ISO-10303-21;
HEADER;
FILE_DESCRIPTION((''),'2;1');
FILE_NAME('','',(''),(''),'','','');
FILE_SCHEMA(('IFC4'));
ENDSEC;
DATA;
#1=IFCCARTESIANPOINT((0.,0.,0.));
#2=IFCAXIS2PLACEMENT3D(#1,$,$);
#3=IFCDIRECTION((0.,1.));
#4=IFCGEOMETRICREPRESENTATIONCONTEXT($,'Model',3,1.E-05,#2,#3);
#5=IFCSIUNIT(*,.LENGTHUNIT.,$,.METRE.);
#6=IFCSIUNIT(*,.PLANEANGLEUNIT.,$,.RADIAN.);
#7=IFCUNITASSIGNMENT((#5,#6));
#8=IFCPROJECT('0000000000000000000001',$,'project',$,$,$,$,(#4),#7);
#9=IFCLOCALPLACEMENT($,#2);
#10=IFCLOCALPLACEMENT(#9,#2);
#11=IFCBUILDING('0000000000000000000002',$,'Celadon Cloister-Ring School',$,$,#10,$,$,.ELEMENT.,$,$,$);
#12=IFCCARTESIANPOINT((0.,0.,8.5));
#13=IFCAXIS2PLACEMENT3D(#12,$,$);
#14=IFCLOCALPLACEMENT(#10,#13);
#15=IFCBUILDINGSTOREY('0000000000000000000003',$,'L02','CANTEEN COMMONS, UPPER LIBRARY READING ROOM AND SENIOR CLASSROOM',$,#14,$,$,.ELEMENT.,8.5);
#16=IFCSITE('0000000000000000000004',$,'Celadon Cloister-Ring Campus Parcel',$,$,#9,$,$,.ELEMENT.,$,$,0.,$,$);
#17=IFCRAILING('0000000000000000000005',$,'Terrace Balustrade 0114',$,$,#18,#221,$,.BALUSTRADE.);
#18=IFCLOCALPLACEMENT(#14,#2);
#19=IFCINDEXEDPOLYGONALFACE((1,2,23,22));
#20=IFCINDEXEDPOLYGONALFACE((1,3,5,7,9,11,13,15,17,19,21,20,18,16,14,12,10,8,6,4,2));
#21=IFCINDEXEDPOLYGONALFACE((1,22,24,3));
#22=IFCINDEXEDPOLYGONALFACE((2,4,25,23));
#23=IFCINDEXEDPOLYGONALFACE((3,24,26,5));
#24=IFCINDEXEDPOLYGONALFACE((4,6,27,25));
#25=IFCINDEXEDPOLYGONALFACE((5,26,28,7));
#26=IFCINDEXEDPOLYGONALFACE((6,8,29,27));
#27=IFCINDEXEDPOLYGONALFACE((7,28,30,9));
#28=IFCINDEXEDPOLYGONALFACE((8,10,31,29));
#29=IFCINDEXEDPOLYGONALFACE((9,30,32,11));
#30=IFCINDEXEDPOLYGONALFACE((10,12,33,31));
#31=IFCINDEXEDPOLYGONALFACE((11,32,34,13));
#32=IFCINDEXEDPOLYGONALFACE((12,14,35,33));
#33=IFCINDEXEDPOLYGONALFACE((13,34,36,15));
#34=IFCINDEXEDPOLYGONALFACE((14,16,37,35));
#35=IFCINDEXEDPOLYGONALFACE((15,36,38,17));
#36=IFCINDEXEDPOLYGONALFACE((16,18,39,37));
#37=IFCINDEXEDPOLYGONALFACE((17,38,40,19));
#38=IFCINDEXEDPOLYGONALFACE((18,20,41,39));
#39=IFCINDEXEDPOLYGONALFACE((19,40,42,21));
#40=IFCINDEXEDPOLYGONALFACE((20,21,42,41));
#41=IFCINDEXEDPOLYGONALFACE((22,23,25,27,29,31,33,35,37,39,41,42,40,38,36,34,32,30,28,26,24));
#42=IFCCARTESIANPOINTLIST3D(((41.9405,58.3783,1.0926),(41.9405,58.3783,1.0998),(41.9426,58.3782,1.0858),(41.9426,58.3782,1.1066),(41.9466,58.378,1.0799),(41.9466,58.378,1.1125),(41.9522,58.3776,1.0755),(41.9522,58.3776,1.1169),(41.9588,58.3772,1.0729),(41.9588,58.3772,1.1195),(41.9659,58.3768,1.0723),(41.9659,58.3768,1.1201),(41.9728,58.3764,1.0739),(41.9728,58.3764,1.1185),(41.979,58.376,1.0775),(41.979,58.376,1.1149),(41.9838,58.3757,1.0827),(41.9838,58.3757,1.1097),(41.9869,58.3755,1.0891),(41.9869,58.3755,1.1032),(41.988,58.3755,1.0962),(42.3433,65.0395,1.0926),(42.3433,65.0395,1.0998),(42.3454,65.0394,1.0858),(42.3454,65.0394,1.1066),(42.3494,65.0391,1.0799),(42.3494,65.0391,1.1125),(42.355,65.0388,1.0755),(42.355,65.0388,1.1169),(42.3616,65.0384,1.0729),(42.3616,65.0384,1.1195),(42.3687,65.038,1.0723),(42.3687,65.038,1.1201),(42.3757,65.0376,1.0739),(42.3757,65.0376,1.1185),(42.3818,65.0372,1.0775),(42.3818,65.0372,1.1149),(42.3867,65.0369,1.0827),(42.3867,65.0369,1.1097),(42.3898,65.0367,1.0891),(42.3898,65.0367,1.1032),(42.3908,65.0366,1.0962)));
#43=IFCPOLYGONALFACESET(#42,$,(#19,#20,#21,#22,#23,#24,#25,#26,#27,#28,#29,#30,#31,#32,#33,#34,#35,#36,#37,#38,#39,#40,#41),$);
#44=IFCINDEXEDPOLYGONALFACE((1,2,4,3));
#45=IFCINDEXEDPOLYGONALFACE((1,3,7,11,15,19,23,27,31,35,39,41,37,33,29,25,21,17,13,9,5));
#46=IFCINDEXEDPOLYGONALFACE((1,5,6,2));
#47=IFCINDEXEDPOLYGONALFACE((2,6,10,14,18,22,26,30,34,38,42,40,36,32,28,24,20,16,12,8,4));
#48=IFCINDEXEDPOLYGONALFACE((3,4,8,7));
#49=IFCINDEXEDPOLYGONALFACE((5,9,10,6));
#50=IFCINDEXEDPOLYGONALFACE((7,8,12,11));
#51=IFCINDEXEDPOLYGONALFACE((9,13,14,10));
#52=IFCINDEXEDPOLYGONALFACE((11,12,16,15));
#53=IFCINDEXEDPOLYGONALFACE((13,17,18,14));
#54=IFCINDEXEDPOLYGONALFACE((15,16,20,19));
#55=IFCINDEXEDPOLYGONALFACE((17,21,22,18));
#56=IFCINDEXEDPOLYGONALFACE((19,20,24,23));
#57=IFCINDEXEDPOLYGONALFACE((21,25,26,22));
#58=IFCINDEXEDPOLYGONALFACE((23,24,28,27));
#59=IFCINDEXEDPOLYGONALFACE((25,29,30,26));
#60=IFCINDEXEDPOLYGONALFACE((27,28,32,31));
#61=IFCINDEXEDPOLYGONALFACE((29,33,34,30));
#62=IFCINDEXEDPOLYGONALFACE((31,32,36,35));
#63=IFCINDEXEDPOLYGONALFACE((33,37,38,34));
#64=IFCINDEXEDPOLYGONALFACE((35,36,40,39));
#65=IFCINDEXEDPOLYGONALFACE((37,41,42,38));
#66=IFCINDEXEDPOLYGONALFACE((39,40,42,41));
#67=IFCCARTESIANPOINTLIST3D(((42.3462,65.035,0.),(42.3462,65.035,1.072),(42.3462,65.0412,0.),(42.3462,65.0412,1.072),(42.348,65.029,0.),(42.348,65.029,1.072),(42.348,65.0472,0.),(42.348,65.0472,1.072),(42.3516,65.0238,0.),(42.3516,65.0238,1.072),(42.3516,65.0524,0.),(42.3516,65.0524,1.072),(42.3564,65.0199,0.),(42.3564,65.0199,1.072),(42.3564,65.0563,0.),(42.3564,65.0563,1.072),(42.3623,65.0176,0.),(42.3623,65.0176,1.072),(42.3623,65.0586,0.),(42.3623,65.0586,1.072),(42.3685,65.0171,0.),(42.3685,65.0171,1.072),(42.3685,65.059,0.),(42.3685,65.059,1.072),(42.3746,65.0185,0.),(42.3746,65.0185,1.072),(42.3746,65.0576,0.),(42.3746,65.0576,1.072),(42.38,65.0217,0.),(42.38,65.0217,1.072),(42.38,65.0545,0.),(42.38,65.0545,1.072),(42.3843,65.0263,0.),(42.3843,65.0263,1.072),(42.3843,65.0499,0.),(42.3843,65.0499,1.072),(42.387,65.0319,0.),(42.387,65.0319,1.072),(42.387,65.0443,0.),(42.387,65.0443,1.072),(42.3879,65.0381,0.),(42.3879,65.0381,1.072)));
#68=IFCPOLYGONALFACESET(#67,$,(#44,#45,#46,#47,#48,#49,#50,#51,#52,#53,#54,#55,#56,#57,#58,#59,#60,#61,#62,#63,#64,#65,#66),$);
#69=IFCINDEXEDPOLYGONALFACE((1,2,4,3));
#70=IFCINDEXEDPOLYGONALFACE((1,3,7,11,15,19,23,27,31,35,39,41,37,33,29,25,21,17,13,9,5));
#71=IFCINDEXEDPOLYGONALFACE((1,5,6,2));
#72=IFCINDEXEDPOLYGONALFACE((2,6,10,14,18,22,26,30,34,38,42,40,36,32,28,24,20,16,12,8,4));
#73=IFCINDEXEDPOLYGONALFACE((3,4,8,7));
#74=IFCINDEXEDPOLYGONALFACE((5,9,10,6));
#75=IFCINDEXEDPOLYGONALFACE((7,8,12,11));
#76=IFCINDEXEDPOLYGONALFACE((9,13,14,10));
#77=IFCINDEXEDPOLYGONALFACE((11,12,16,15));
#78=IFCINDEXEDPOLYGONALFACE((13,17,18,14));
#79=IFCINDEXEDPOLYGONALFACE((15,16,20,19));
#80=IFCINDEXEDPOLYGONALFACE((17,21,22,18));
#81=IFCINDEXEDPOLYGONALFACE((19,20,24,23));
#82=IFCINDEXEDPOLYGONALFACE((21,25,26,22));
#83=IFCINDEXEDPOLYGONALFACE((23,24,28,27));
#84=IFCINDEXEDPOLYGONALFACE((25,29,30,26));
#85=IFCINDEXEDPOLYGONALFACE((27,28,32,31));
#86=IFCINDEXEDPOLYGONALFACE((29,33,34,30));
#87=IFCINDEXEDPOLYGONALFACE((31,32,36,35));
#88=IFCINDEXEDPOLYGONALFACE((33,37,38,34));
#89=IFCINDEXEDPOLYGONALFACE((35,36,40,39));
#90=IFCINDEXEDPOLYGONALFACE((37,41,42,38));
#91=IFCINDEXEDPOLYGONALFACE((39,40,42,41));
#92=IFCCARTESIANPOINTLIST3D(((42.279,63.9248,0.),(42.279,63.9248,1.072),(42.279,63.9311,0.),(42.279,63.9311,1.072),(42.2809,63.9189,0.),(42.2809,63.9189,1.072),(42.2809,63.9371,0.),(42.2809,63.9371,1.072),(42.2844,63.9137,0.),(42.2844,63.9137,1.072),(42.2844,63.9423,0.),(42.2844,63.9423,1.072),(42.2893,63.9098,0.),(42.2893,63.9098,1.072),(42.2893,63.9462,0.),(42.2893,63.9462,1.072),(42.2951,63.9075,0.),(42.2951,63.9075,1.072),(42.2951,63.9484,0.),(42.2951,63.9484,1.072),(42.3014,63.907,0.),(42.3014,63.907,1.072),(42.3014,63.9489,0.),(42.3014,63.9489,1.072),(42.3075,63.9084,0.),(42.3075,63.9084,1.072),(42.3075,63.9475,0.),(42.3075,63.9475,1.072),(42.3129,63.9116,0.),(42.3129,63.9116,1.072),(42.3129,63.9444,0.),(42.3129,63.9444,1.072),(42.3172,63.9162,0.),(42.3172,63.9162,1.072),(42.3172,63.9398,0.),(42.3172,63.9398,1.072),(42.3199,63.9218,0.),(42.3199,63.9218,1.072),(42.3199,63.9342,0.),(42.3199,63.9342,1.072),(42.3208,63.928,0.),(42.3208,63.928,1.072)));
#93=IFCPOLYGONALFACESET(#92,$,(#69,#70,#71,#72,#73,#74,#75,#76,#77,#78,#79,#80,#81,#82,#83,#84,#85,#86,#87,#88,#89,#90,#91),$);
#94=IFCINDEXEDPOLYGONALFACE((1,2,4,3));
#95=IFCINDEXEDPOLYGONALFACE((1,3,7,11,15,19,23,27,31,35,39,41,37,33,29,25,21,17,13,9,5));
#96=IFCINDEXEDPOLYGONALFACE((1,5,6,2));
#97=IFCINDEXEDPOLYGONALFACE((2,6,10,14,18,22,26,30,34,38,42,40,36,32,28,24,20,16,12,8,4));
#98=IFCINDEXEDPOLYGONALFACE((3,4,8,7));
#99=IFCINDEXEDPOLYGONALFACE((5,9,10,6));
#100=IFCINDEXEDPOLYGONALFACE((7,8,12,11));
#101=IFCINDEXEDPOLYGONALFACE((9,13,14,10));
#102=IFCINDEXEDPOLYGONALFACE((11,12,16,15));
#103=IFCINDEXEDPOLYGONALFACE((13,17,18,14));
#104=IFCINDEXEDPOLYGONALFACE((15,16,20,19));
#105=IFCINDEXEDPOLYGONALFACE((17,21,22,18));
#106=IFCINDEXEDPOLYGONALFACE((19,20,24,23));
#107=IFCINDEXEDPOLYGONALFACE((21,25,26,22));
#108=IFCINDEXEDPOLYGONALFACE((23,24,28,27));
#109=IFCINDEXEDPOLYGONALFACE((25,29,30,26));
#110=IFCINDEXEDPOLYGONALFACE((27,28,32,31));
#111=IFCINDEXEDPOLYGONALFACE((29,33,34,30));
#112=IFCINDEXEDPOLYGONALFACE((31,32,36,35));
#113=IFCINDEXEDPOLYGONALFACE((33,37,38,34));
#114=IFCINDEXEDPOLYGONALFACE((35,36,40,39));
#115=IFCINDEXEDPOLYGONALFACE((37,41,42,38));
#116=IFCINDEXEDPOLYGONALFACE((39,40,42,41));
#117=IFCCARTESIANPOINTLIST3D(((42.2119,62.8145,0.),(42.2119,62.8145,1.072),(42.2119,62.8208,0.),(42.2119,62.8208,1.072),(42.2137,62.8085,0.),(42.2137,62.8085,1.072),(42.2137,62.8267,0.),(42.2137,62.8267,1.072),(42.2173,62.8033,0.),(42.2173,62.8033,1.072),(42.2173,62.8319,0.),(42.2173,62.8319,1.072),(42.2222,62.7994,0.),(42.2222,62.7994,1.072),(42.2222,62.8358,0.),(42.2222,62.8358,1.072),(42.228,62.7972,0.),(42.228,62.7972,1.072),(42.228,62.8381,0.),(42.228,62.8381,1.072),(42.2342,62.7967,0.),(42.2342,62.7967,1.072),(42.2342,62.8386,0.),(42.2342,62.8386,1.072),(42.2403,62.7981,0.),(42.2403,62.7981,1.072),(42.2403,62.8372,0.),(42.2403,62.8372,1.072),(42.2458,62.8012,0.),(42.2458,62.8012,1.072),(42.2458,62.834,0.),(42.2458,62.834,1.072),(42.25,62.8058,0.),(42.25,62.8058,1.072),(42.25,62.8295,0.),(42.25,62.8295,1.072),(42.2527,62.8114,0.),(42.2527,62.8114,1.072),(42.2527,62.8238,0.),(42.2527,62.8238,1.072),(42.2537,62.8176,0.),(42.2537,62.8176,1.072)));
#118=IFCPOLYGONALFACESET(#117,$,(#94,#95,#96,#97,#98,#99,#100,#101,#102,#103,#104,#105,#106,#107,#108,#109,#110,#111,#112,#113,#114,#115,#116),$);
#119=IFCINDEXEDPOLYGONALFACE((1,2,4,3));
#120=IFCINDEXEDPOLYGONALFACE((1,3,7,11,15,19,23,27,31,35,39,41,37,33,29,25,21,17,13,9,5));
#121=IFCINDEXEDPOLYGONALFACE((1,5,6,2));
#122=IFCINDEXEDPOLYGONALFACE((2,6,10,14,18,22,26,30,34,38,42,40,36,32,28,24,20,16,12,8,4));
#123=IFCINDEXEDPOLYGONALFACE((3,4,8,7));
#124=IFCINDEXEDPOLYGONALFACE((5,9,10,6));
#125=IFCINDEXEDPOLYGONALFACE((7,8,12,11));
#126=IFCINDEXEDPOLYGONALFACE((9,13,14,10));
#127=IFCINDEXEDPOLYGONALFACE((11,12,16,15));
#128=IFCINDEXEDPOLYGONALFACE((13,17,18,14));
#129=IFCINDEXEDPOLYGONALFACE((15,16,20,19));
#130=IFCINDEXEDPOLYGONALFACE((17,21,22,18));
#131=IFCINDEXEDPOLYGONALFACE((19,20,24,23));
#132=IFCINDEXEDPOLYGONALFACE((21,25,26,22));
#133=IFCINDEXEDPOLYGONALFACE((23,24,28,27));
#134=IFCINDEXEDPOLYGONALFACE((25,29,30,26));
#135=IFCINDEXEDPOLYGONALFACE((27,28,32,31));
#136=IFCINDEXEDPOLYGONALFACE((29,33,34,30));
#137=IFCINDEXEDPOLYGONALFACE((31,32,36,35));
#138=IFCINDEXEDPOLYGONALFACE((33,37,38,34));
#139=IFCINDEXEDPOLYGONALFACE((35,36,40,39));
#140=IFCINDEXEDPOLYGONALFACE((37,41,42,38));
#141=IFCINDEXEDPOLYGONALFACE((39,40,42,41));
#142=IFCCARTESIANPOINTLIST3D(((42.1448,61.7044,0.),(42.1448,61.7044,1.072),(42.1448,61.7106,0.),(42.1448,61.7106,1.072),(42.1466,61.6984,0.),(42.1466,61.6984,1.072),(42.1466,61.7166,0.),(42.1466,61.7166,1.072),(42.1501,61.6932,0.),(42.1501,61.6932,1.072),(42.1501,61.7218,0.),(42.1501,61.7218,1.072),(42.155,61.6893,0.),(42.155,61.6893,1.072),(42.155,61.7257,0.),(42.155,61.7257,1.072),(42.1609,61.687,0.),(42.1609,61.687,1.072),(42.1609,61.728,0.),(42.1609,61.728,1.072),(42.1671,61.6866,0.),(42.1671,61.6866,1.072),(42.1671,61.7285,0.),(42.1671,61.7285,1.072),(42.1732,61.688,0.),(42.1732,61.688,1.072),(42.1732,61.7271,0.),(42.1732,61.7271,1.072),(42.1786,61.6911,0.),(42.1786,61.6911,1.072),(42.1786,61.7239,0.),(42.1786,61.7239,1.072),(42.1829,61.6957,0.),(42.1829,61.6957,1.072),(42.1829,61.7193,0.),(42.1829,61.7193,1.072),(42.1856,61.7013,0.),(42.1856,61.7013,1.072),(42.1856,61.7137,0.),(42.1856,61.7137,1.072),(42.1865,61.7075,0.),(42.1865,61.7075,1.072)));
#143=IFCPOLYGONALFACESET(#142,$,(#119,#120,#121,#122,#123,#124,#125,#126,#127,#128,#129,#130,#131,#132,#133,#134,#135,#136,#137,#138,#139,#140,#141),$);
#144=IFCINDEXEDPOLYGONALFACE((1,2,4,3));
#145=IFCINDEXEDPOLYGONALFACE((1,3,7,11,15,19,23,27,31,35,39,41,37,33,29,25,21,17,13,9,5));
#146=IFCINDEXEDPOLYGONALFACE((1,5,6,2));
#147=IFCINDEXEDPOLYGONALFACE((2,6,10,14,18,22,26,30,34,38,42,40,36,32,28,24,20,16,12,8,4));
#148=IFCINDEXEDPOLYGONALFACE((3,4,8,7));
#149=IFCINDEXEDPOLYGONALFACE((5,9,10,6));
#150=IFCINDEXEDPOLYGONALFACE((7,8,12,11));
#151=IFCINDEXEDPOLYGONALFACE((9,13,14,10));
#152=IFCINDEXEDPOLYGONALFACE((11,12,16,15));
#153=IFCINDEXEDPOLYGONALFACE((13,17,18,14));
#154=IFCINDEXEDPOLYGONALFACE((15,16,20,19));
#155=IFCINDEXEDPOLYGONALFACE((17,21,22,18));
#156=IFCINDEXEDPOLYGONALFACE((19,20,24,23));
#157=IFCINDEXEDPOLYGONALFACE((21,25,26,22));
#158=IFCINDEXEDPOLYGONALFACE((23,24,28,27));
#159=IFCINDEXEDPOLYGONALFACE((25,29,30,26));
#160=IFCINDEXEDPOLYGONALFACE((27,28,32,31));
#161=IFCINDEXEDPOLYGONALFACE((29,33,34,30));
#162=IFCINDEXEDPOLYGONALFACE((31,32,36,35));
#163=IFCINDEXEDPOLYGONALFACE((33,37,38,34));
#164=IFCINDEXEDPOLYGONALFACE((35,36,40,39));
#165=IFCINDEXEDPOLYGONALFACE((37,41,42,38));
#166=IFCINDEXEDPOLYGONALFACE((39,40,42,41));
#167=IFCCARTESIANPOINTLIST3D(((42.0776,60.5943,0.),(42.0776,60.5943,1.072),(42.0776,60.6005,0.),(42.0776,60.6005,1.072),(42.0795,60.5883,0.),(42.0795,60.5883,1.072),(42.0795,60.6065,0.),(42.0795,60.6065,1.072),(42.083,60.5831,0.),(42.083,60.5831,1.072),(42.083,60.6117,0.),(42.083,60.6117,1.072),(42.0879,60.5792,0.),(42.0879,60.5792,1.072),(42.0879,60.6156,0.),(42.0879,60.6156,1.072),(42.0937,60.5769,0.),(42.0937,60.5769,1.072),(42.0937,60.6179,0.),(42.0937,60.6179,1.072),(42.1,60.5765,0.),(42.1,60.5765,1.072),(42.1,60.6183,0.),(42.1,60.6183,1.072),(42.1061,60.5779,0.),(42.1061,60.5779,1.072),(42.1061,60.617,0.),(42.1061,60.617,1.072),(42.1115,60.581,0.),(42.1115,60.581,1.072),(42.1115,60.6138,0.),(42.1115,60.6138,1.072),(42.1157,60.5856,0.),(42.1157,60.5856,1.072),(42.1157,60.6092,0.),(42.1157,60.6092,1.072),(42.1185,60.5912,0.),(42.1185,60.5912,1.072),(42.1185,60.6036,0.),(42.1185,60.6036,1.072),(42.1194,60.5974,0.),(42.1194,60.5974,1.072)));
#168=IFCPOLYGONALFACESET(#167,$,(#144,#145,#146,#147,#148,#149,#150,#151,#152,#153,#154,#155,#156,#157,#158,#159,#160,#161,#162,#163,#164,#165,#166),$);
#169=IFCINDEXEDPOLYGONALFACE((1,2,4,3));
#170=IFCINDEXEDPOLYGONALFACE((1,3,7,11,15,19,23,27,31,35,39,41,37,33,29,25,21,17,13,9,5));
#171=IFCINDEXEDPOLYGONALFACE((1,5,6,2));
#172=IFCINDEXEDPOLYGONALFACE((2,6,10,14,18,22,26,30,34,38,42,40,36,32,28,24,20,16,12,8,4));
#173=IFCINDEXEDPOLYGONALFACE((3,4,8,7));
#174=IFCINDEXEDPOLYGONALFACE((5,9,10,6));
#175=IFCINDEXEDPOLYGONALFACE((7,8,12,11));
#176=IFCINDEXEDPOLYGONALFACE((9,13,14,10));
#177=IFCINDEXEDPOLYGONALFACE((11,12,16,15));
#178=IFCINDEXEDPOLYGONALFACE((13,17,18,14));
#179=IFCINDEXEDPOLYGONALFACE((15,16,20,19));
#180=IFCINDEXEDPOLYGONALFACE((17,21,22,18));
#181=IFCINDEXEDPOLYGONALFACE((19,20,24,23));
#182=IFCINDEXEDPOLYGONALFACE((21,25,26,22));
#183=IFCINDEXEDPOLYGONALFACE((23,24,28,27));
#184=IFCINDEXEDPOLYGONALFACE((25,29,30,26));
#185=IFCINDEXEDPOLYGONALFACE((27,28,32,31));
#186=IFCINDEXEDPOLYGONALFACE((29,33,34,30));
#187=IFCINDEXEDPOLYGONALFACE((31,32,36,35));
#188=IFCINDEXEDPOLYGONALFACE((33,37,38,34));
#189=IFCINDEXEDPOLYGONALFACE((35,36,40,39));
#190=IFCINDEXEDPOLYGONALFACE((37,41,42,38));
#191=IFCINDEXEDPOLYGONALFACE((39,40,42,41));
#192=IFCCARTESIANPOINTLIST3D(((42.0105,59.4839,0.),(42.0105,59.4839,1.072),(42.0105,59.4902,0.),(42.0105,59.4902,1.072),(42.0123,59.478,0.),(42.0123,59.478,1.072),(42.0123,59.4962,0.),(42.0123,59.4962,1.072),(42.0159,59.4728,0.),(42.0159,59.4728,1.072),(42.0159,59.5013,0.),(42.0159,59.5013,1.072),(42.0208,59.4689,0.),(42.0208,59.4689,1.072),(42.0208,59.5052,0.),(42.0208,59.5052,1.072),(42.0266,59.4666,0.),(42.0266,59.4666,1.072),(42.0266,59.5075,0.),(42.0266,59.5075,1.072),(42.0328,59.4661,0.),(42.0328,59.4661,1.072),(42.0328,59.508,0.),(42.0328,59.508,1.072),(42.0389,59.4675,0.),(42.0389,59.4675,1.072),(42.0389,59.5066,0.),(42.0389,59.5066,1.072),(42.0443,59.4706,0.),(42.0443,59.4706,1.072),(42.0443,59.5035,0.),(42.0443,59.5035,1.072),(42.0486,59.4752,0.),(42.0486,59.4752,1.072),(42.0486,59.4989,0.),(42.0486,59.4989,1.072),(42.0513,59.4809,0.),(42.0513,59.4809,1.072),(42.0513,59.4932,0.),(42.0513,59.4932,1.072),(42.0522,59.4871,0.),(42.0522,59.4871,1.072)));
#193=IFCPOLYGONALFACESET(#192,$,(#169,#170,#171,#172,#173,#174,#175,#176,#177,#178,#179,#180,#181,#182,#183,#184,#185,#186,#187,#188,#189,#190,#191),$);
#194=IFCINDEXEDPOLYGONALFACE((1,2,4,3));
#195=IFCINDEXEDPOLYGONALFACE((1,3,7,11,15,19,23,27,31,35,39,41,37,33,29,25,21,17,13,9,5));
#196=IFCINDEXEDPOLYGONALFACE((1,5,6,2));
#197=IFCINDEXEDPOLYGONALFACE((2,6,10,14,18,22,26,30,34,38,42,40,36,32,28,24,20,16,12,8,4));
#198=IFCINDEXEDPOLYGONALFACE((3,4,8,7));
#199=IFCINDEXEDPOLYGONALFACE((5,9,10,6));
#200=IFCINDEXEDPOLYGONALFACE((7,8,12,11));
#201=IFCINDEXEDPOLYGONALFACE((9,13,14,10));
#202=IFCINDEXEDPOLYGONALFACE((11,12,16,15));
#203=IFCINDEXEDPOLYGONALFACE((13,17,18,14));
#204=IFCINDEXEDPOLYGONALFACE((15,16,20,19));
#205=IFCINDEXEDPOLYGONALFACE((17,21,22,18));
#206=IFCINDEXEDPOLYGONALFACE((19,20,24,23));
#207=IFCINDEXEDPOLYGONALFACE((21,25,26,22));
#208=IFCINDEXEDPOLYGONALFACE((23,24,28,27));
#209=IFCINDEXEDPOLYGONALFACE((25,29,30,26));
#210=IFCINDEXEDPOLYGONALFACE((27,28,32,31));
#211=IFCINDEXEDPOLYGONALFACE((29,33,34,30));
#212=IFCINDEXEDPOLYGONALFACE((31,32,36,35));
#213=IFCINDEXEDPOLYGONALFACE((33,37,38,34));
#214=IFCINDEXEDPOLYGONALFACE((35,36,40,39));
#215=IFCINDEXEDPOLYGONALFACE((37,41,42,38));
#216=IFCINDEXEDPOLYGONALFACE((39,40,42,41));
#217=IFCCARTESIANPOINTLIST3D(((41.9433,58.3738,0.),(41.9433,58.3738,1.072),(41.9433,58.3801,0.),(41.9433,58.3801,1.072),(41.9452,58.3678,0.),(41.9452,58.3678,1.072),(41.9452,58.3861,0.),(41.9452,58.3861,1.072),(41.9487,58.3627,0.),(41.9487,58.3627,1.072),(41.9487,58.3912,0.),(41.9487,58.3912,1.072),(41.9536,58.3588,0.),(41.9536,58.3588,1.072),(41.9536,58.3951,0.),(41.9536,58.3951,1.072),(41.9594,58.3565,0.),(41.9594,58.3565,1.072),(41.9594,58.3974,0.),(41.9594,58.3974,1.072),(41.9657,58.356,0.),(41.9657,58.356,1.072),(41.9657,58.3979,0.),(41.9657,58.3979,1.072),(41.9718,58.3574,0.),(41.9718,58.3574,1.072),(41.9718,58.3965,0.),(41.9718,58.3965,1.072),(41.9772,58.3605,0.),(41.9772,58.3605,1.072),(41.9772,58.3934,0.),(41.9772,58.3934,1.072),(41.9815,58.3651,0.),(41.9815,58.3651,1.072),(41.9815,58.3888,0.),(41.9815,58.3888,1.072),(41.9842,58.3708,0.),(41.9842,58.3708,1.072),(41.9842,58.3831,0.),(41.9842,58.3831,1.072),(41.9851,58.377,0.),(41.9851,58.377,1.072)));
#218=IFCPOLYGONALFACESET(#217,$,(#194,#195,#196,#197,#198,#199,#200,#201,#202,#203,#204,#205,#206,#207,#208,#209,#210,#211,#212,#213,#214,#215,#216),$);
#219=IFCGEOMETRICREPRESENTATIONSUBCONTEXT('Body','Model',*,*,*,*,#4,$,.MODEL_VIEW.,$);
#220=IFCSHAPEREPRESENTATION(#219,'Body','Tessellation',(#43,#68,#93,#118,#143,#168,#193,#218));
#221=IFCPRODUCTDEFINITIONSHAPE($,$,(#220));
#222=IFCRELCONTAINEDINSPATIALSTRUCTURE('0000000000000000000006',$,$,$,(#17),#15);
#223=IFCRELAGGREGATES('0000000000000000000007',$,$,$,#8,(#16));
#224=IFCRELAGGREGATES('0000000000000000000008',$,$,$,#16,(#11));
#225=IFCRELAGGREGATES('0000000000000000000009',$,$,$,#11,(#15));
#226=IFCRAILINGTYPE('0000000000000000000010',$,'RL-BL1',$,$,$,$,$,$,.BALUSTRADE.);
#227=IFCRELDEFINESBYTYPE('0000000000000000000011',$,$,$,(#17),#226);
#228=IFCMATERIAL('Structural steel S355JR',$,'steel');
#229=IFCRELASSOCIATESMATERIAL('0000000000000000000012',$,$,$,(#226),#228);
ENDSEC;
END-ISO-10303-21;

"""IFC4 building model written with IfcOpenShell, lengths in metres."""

from ifc_helpers import new_model, si_unit, direction, frame, origin, origin_2d, place, context, subcontext, project, spatial, circle, extrude, material, type_object, element, save


model = new_model("IFC4")

# Units and contexts
model_context = context("Model", 3, precision=1e-05, world=origin(), true_north=direction((0.0, 1.0)))
body_context = subcontext(model_context, "Body", "Model", "MODEL_VIEW")
ifc_project = project(units=[si_unit("LENGTHUNIT", "METRE"), si_unit("PLANEANGLEUNIT", "RADIAN")], contexts=[model_context])

# Site, building, storey
site_placement = place(None, origin())
site = spatial("IfcSite", under=ifc_project, at=site_placement, Name="Celadon Cloister-Ring Campus Parcel", CompositionType="ELEMENT", RefElevation=0.0)
building_placement = place(site_placement, origin())
building = spatial("IfcBuilding", under=site, at=building_placement, Name="Celadon Cloister-Ring School", CompositionType="ELEMENT")
storey_placement = place(building_placement, frame((0.0, 0.0, 8.5)))
storey = spatial("IfcBuildingStorey", under=building, at=storey_placement, Name="L02", Description="CANTEEN COMMONS, UPPER LIBRARY READING ROOM AND SENIOR CLASSROOM", CompositionType="ELEMENT", Elevation=8.5)

# Railing
ifc_material_1 = material(Name="Structural steel S355JR", Category="steel")
railing_type = type_object("IfcRailingType", Name="RL-BL1", PredefinedType="BALUSTRADE", material=ifc_material_1)
railing_placement = place(storey_placement, frame((42.3669, 65.0381, 0.0)))
element("IfcRailing", 1, at=railing_placement, inside=storey, type_object=railing_type, Name="Terrace Balustrade 0114", PredefinedType="BALUSTRADE", context=body_context, shape_type="SweptSolid", body=[
    extrude(circle(Radius=0.0239, at=origin_2d()), frame((0.0, 0.0, 1.0962), z_axis=(-0.060365, -0.998176, 0.0), x_axis=(0.998176, -0.060365, 0.0)), (0.0, 0.0, 1.0), 6.6733),
    extrude(circle(Radius=0.021, at=origin_2d()), origin(), (0.0, 0.0, 1.0), 1.072),
    extrude(circle(Radius=0.021, at=origin_2d()), frame((-0.0671, -1.1101, 0.0)), (0.0, 0.0, 1.0), 1.072),
    extrude(circle(Radius=0.021, at=origin_2d()), frame((-0.1343, -2.2205, 0.0)), (0.0, 0.0, 1.0), 1.072),
    extrude(circle(Radius=0.021, at=origin_2d()), frame((-0.2014, -3.3306, 0.0)), (0.0, 0.0, 1.0), 1.072),
    extrude(circle(Radius=0.021, at=origin_2d()), frame((-0.2686, -4.4407, 0.0)), (0.0, 0.0, 1.0), 1.072),
    extrude(circle(Radius=0.021, at=origin_2d()), frame((-0.3357, -5.551, 0.0)), (0.0, 0.0, 1.0), 1.072),
    extrude(circle(Radius=0.021, at=origin_2d()), frame((-0.4028, -6.6611, 0.0)), (0.0, 0.0, 1.0), 1.072),
])

save(model, "model.ifc")
